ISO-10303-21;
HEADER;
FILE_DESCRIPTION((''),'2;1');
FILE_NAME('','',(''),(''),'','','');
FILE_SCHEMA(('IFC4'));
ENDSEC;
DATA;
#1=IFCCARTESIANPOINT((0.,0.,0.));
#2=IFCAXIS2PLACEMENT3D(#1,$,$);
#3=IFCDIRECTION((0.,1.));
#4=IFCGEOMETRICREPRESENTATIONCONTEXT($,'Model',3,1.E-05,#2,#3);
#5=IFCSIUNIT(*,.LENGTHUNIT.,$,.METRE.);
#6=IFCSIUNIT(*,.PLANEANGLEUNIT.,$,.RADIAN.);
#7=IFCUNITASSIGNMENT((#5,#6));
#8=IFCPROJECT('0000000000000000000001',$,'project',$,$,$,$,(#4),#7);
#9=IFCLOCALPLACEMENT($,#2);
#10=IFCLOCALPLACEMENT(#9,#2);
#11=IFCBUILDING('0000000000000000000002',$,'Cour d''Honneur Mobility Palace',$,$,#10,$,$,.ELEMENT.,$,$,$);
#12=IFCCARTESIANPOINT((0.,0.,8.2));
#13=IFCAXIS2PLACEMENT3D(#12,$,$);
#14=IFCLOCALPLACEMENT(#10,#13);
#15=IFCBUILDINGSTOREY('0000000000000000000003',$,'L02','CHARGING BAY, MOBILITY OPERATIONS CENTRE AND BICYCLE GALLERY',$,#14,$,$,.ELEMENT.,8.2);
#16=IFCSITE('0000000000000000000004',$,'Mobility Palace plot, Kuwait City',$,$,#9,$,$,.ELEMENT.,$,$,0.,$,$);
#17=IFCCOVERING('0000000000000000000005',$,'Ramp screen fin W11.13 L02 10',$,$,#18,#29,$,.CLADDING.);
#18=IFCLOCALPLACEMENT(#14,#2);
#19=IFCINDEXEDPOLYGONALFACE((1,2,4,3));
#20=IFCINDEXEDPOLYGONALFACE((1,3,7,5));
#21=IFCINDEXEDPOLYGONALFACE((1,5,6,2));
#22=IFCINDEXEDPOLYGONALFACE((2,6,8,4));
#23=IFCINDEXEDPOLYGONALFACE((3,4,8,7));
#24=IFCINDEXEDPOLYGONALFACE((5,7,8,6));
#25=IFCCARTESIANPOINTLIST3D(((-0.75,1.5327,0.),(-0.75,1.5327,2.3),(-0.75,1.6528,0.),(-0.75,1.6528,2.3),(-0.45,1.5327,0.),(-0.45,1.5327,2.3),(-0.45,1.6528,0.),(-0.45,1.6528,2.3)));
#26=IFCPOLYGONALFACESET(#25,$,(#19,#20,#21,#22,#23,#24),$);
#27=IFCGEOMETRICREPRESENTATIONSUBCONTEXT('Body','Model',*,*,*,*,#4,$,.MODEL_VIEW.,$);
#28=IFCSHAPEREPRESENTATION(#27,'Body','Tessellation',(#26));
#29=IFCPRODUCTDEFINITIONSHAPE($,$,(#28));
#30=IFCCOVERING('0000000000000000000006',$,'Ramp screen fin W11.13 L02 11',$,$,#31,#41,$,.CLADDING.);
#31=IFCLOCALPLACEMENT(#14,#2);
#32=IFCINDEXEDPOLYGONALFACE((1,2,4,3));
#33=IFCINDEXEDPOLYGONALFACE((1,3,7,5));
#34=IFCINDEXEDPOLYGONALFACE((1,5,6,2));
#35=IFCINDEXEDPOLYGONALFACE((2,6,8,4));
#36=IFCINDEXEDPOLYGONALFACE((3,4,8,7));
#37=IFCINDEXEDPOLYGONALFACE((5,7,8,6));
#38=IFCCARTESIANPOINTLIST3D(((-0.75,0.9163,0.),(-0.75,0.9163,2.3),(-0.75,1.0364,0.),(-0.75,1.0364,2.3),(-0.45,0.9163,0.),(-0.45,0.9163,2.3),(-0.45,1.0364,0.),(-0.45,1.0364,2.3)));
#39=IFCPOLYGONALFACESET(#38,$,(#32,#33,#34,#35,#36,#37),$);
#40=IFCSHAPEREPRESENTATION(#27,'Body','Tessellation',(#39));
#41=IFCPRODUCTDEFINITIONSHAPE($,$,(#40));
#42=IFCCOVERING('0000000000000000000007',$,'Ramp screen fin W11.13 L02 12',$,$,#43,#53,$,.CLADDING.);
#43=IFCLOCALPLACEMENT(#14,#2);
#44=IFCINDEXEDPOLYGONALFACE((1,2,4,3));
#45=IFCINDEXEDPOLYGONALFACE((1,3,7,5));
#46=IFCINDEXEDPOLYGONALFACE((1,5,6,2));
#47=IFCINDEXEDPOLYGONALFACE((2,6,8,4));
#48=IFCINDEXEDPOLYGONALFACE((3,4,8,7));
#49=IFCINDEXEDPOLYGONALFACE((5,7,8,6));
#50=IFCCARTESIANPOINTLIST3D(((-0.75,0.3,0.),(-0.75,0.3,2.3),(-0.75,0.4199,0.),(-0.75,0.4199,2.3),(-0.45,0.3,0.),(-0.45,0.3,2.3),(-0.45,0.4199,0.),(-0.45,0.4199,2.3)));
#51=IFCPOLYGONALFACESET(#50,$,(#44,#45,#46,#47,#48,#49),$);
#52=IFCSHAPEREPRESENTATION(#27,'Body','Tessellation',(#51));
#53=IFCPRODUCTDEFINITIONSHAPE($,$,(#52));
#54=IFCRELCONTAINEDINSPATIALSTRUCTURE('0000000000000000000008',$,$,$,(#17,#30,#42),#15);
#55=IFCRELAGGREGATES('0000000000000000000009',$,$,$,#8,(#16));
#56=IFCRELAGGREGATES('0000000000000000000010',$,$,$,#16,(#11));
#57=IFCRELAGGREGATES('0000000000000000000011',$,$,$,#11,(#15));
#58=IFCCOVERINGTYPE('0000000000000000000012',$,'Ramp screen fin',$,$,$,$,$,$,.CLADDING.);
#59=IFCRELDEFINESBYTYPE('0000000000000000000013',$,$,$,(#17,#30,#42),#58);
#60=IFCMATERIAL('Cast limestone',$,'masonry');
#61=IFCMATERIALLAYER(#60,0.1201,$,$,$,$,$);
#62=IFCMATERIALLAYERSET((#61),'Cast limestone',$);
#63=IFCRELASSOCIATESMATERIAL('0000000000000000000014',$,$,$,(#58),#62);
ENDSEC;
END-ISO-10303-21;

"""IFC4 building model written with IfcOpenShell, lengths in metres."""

from ifc_helpers import new_model, si_unit, direction, frame, origin, place, context, subcontext, project, spatial, polyline, outline, extrude, material, layer, layer_set, type_object, element, save


model = new_model("IFC4")

# Units and contexts
model_context = context("Model", 3, precision=1e-05, world=origin(), true_north=direction((0.0, 1.0)))
body_context = subcontext(model_context, "Body", "Model", "MODEL_VIEW")
ifc_project = project(units=[si_unit("LENGTHUNIT", "METRE"), si_unit("PLANEANGLEUNIT", "RADIAN")], contexts=[model_context])

# Site, building, storey
site_placement = place(None, origin())
site = spatial("IfcSite", under=ifc_project, at=site_placement, Name="Mobility Palace plot, Kuwait City", CompositionType="ELEMENT", RefElevation=0.0)
building_placement = place(site_placement, origin())
building = spatial("IfcBuilding", under=site, at=building_placement, Name="Cour d'Honneur Mobility Palace", CompositionType="ELEMENT")
storey_placement = place(building_placement, frame((0.0, 0.0, 8.2)))
storey = spatial("IfcBuildingStorey", under=building, at=storey_placement, Name="L02", Description="CHARGING BAY, MOBILITY OPERATIONS CENTRE AND BICYCLE GALLERY", CompositionType="ELEMENT", Elevation=8.2)

# Coverings
ifc_material_1 = material(Name="Cast limestone", Category="masonry")
ifc_layer_1 = layer(ifc_material_1, 0.1201)
ifc_layer_set_1 = layer_set([ifc_layer_1], Name="Cast limestone")
covering_type_1 = type_object("IfcCoveringType", Name="Ramp screen fin", PredefinedType="CLADDING", material=ifc_layer_set_1)
covering_1_placement = place(storey_placement, origin())
element("IfcCovering", 1, at=covering_1_placement, inside=storey, type_object=covering_type_1, Name="Ramp screen fin W11.13 L02 10", PredefinedType="CLADDING", context=body_context, shape_type="SweptSolid", body=[
    extrude(outline(polyline([(-0.45, 1.6528), (-0.45, 1.5327), (-0.75, 1.5327), (-0.75, 1.6528), (-0.45, 1.6528)])), origin(), (0.0, 0.0, 1.0), 2.3),
])
covering_2_placement = place(storey_placement, origin())
element("IfcCovering", 2, at=covering_2_placement, inside=storey, type_object=covering_type_1, Name="Ramp screen fin W11.13 L02 11", PredefinedType="CLADDING", context=body_context, shape_type="SweptSolid", body=[
    extrude(outline(polyline([(-0.45, 1.0364), (-0.45, 0.9163), (-0.75, 0.9163), (-0.75, 1.0364), (-0.45, 1.0364)])), origin(), (0.0, 0.0, 1.0), 2.3),
])
covering_3_placement = place(storey_placement, origin())
element("IfcCovering", 3, at=covering_3_placement, inside=storey, type_object=covering_type_1, Name="Ramp screen fin W11.13 L02 12", PredefinedType="CLADDING", context=body_context, shape_type="SweptSolid", body=[
    extrude(outline(polyline([(-0.45, 0.4199), (-0.45, 0.3), (-0.75, 0.3), (-0.75, 0.4199), (-0.45, 0.4199)])), origin(), (0.0, 0.0, 1.0), 2.3),
])

save(model, "model.ifc")
